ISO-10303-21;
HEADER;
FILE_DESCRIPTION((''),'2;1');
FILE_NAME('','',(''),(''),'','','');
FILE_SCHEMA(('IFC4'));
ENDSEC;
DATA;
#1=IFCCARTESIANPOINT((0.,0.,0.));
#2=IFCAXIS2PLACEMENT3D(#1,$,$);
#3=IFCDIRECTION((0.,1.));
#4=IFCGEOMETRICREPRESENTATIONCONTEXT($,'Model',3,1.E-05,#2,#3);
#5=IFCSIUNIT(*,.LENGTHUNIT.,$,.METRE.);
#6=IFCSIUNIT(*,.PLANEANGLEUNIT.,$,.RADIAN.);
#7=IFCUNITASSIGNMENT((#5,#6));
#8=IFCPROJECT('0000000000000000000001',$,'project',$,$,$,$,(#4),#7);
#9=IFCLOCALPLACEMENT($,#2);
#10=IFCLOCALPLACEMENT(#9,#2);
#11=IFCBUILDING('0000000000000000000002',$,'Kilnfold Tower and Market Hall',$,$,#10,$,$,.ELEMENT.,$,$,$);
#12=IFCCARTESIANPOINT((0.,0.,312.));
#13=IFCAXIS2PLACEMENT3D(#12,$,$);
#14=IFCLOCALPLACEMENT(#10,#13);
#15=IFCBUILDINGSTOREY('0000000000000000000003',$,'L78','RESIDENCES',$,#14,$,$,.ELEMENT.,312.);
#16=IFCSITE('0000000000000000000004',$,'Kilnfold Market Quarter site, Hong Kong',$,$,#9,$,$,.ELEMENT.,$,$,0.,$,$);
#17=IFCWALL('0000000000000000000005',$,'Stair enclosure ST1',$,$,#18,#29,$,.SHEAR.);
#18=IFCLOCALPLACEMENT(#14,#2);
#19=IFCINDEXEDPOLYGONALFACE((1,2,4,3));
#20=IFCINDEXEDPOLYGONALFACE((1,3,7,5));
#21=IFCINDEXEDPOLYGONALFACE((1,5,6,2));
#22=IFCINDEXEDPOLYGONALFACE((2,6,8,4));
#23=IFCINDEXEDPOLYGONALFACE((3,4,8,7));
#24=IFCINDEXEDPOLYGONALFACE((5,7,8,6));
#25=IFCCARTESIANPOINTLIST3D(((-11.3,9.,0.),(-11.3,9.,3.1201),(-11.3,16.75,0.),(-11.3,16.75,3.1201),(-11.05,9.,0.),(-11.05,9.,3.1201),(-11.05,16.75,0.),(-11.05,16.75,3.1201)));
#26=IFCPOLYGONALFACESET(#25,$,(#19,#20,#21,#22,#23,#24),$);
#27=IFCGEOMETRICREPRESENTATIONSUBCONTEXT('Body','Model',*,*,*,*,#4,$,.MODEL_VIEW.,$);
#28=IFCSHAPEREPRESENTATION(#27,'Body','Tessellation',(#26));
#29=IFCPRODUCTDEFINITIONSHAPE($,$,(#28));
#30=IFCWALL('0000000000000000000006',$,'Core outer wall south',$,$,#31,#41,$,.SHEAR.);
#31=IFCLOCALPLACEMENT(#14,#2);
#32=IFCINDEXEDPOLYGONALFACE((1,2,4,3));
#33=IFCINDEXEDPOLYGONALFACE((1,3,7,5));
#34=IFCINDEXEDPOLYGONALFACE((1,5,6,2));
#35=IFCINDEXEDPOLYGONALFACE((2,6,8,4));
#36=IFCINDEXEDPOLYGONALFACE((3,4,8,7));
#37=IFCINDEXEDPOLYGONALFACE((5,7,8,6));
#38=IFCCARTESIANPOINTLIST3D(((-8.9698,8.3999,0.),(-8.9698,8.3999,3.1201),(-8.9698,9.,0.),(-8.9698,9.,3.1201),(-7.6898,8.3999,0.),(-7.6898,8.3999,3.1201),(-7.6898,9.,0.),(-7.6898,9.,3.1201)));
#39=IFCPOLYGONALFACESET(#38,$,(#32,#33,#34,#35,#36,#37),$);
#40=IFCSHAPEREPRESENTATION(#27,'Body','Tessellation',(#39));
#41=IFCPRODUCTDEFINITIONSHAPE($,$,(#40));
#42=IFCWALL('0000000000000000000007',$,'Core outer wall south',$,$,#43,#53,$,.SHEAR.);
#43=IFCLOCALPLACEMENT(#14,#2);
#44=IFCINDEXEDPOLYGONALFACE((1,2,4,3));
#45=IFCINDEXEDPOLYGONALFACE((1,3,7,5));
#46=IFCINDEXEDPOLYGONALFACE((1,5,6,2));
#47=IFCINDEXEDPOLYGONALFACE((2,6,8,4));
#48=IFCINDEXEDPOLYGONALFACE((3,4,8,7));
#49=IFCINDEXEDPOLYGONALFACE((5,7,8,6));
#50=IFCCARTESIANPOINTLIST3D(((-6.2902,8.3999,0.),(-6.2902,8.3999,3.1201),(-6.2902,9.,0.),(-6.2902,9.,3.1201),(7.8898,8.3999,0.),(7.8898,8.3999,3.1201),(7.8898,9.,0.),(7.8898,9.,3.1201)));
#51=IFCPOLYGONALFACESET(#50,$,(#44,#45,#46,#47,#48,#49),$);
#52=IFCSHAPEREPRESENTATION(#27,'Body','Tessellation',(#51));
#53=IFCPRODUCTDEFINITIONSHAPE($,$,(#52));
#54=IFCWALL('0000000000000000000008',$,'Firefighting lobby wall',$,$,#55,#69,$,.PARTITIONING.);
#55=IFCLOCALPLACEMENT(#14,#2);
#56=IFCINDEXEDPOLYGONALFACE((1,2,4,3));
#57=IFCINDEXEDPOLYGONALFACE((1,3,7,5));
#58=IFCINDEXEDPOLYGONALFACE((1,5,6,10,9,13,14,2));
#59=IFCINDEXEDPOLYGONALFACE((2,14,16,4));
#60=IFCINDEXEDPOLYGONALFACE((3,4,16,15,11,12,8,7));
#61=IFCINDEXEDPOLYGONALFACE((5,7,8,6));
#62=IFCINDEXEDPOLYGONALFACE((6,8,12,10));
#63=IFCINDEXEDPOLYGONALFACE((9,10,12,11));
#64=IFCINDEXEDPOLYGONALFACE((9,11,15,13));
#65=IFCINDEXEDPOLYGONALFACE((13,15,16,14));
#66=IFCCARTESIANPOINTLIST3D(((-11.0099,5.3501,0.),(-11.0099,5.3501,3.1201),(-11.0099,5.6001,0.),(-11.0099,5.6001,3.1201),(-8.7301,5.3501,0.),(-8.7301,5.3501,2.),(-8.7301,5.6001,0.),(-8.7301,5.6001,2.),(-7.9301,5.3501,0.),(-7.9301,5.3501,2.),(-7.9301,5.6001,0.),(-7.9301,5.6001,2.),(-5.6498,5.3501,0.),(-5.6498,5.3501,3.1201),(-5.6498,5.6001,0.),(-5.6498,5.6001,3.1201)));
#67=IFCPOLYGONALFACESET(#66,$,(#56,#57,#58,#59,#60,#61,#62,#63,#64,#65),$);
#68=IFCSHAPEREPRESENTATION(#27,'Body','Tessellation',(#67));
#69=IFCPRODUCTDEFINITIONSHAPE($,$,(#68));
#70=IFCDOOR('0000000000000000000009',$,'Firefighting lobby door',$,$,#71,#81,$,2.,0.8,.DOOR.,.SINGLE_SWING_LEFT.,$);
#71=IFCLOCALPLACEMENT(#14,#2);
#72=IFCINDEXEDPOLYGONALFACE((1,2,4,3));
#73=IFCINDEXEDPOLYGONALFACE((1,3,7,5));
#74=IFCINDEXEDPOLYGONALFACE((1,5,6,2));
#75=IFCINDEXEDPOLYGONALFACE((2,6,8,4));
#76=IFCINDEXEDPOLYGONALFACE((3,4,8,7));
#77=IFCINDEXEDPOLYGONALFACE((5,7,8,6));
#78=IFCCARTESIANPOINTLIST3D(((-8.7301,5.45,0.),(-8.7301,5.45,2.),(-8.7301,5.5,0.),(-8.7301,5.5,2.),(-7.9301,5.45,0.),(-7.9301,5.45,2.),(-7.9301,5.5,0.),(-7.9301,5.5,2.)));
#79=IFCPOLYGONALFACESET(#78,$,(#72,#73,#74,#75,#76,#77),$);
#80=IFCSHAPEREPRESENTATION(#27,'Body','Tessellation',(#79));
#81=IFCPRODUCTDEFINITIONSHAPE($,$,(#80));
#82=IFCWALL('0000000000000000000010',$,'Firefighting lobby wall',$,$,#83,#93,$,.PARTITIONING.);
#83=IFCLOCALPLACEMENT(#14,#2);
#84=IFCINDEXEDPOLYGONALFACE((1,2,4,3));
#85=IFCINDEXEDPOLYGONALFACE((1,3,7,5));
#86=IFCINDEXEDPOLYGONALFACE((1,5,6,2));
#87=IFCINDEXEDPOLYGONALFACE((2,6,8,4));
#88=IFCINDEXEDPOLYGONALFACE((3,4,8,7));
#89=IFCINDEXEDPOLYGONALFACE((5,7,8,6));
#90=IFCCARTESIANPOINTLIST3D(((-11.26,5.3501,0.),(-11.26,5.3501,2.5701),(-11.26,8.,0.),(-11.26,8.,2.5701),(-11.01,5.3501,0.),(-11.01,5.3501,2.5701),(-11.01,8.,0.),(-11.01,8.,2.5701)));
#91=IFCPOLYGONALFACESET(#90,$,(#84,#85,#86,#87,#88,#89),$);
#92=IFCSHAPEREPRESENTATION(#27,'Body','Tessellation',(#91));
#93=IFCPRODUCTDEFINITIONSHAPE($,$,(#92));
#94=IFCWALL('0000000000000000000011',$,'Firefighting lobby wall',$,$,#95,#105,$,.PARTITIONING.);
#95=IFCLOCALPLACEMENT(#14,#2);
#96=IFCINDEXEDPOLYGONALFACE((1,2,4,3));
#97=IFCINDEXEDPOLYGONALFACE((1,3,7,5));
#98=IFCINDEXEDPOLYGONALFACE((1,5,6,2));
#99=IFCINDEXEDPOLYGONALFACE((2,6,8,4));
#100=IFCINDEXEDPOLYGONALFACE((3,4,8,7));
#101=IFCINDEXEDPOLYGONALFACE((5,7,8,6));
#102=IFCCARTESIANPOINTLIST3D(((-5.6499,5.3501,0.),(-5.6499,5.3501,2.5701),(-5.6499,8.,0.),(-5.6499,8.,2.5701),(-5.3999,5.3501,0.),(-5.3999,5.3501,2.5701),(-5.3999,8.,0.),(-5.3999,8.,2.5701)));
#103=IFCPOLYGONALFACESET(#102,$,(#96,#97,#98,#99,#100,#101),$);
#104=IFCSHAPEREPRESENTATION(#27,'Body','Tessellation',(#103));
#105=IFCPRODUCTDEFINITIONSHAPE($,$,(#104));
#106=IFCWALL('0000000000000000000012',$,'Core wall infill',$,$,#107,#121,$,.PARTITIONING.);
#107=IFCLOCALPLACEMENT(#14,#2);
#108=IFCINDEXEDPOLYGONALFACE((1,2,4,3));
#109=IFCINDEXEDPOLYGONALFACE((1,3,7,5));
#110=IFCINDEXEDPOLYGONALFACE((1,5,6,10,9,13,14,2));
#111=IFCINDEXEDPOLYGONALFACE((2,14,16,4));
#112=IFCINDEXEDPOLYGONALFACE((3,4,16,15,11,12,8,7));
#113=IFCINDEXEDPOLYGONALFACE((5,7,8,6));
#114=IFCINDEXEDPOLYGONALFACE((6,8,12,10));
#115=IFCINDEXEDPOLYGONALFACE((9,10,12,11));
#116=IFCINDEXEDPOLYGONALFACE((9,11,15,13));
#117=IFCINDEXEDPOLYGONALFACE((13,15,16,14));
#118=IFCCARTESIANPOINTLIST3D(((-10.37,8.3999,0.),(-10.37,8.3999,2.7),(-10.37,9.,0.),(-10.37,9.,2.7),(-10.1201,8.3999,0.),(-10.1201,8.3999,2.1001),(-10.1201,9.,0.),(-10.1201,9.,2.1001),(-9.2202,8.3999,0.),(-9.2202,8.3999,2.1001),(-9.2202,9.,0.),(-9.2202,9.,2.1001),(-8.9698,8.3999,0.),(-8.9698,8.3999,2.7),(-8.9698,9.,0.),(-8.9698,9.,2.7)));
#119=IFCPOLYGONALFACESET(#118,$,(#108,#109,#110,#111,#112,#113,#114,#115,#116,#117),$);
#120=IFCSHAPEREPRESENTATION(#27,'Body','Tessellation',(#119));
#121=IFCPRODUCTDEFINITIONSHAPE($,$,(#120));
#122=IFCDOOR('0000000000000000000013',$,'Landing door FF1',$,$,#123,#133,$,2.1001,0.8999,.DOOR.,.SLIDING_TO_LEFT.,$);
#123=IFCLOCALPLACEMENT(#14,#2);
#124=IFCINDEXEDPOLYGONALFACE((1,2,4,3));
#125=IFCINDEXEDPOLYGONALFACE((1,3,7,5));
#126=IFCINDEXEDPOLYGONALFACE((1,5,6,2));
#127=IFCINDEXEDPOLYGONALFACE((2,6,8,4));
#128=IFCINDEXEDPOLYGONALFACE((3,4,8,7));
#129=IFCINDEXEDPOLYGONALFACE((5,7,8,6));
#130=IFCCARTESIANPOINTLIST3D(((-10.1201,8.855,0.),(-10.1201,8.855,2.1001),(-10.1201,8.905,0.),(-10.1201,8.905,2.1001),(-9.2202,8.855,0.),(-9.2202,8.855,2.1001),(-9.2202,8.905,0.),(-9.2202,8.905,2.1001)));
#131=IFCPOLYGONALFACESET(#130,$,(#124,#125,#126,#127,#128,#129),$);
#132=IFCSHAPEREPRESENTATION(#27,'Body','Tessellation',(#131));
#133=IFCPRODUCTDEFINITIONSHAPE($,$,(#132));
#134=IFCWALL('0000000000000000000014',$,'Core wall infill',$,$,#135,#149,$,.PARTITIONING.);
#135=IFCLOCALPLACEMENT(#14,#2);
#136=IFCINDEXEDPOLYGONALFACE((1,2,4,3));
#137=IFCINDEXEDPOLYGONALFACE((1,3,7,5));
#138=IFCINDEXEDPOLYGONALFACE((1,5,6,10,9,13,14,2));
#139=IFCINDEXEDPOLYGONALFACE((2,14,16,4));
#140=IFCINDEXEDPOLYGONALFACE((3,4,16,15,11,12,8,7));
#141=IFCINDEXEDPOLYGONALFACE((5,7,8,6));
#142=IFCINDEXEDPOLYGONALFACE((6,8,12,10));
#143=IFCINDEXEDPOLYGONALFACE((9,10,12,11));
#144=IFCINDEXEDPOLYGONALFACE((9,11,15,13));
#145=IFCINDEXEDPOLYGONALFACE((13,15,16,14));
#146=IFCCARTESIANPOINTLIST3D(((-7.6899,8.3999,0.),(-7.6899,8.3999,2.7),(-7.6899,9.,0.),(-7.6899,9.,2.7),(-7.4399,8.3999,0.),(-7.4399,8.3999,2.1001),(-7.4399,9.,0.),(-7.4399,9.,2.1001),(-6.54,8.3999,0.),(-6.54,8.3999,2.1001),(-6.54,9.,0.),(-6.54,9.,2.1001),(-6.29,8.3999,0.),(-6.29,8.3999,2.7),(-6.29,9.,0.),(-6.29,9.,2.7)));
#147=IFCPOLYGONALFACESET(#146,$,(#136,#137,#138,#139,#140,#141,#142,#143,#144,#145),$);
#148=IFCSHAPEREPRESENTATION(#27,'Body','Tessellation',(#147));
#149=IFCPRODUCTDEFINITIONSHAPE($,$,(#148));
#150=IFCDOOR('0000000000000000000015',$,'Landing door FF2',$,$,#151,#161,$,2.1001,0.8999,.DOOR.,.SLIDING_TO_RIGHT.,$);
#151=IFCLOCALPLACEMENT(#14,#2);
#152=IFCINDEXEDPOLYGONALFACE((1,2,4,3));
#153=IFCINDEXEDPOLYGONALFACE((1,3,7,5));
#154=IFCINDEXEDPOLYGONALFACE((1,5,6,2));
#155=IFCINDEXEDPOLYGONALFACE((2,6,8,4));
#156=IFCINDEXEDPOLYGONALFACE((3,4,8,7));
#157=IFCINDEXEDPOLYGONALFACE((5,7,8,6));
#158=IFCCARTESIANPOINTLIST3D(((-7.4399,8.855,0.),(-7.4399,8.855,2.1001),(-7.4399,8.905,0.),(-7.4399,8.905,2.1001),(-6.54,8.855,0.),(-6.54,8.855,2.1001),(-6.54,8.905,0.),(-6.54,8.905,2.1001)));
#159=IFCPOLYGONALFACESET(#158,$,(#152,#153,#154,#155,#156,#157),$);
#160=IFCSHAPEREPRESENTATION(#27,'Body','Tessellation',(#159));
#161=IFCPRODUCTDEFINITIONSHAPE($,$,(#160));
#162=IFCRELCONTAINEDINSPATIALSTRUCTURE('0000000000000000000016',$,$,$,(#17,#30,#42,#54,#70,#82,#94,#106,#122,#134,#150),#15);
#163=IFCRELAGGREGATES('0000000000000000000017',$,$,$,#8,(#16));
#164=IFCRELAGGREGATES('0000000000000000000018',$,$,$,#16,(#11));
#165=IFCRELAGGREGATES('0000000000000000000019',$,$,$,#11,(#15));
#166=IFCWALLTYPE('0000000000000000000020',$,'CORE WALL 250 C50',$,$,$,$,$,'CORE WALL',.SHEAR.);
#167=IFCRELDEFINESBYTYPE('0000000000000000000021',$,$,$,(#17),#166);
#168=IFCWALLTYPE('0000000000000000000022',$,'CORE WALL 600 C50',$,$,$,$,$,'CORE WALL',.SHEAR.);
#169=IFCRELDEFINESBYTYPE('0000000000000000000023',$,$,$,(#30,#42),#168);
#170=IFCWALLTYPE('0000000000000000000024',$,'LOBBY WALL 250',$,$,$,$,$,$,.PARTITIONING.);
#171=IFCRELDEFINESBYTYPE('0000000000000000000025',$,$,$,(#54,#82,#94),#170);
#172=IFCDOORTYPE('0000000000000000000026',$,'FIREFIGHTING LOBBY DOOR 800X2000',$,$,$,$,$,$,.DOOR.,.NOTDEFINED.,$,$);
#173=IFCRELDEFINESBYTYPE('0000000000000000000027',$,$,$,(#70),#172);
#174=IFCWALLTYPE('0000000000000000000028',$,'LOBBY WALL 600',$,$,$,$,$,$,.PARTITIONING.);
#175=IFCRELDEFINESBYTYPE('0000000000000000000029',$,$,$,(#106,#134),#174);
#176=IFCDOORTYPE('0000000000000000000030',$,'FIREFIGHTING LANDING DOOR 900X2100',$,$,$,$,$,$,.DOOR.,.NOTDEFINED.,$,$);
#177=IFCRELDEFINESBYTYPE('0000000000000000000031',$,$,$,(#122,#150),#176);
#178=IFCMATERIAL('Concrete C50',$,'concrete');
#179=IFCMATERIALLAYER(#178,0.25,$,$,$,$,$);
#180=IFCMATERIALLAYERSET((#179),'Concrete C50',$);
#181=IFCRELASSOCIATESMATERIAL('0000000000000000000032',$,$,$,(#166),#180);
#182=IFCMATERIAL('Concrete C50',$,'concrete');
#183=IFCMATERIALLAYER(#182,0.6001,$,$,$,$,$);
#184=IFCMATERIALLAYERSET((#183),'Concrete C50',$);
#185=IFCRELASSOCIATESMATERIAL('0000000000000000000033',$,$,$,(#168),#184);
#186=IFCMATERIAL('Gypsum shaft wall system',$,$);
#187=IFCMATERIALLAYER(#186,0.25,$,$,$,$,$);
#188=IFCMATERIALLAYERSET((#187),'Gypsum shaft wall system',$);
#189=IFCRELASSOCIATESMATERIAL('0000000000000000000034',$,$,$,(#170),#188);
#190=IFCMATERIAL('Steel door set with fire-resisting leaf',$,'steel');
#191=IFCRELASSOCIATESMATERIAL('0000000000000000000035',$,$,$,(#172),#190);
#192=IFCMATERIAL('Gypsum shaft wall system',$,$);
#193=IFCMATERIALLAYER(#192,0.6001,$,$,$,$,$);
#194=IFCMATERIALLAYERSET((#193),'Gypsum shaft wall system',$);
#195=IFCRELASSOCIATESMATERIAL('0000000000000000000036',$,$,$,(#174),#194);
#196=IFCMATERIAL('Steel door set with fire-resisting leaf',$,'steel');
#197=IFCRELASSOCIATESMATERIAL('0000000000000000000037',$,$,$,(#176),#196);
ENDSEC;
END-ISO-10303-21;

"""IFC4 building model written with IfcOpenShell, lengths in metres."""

from ifc_helpers import new_model, si_unit, direction, frame, frame_2d, origin, place, context, subcontext, project, spatial, rectangle, extrude, source, transform, mapped, material, layer, layer_set, type_object, element, fill, save


model = new_model("IFC4")

# Units and contexts
model_context = context("Model", 3, precision=1e-05, world=origin(), true_north=direction((0.0, 1.0)))
body_context = subcontext(model_context, "Body", "Model", "MODEL_VIEW")
ifc_project = project(units=[si_unit("LENGTHUNIT", "METRE"), si_unit("PLANEANGLEUNIT", "RADIAN")], contexts=[model_context])

# Site, building, storey
site_placement = place(None, origin())
site = spatial("IfcSite", under=ifc_project, at=site_placement, Name="Kilnfold Market Quarter site, Hong Kong", CompositionType="ELEMENT", RefElevation=0.0)
building_placement = place(site_placement, origin())
building = spatial("IfcBuilding", under=site, at=building_placement, Name="Kilnfold Tower and Market Hall", CompositionType="ELEMENT")
storey_placement = place(building_placement, frame((0.0, 0.0, 312.0)))
storey = spatial("IfcBuildingStorey", under=building, at=storey_placement, Name="L78", Description="RESIDENCES", CompositionType="ELEMENT", Elevation=312.0)

# Walls
ifc_material_1 = material(Name="Concrete C50", Category="concrete")
ifc_layer_1 = layer(ifc_material_1, 0.25)
ifc_layer_set_1 = layer_set([ifc_layer_1], Name="Concrete C50")
wall_type_1 = type_object("IfcWallType", Name="CORE WALL 250 C50", ElementType="CORE WALL", PredefinedType="SHEAR", material=ifc_layer_set_1)
shared_shape_1 = source(origin(), body_context, "Body", "SweptSolid", [
    extrude(rectangle(XDim=7.75, YDim=0.25, at=frame_2d((3.875, 0.0))), origin(), (0.0, 0.0, 1.0), 3.1201),
])
wall_1_placement = place(storey_placement, frame((-11.175, 9.0, 0.0), z_axis=(0.0, 0.0, 1.0), x_axis=(0.0, 1.0, 0.0)))
element("IfcWall", 1, at=wall_1_placement, inside=storey, type_object=wall_type_1, Name="Stair enclosure ST1", PredefinedType="SHEAR", context=body_context, shape_type="MappedRepresentation", body=[
    mapped(shared_shape_1, transform((0.0, 0.0, 0.0))),
])
ifc_material_2 = material(Name="Concrete C50", Category="concrete")
ifc_layer_2 = layer(ifc_material_2, 0.6001)
ifc_layer_set_2 = layer_set([ifc_layer_2], Name="Concrete C50")
wall_type_2 = type_object("IfcWallType", Name="CORE WALL 600 C50", ElementType="CORE WALL", PredefinedType="SHEAR", material=ifc_layer_set_2)
shared_shape_2 = source(origin(), body_context, "Body", "SweptSolid", [
    extrude(rectangle(XDim=1.28, YDim=0.6001, at=frame_2d((0.6401, 0.0))), origin(), (0.0, 0.0, 1.0), 3.1201),
])
wall_2_placement = place(storey_placement, frame((-8.97, 8.7, 0.0), z_axis=(0.0, 0.0, 1.0), x_axis=(1.0, 0.0, 0.0)))
element("IfcWall", 2, at=wall_2_placement, inside=storey, type_object=wall_type_2, Name="Core outer wall south", PredefinedType="SHEAR", context=body_context, shape_type="MappedRepresentation", body=[
    mapped(shared_shape_2, transform((0.0, 0.0, 0.0))),
])
shared_shape_3 = source(origin(), body_context, "Body", "SweptSolid", [
    extrude(rectangle(XDim=14.1799, YDim=0.6001, at=frame_2d((7.0898, 0.0))), origin(), (0.0, 0.0, 1.0), 3.1201),
])
wall_3_placement = place(storey_placement, frame((-6.29, 8.7, 0.0), z_axis=(0.0, 0.0, 1.0), x_axis=(1.0, 0.0, 0.0)))
element("IfcWall", 3, at=wall_3_placement, inside=storey, type_object=wall_type_2, Name="Core outer wall south", PredefinedType="SHEAR", context=body_context, shape_type="MappedRepresentation", body=[
    mapped(shared_shape_3, transform((0.0, 0.0, 0.0))),
])

# Wall, opening, door
ifc_material_3 = material(Name="Gypsum shaft wall system")
ifc_layer_3 = layer(ifc_material_3, 0.25)
ifc_layer_set_3 = layer_set([ifc_layer_3], Name="Gypsum shaft wall system")
wall_type_3 = type_object("IfcWallType", Name="LOBBY WALL 250", PredefinedType="PARTITIONING", material=ifc_layer_set_3)
shared_shape_4 = source(origin(), body_context, "Body", "SweptSolid", [
    extrude(rectangle(XDim=5.3601, YDim=0.25, at=frame_2d((2.6802, 0.0))), origin(), (0.0, 0.0, 1.0), 3.1201),
])
wall_4_placement = place(storey_placement, frame((-11.01, 5.4751, 0.0), z_axis=(0.0, 0.0, 1.0), x_axis=(1.0, 0.0, 0.0)))
wall_4 = element("IfcWall", 4, at=wall_4_placement, inside=storey, type_object=wall_type_3, Name="Firefighting lobby wall", PredefinedType="PARTITIONING", context=body_context, shape_type="MappedRepresentation", body=[
    mapped(shared_shape_4, transform((0.0, 0.0, 0.0))),
])
opening_1_placement = place(wall_4_placement, frame((2.28, 0.0, 0.0)))
opening_1 = element("IfcOpeningElement", 5, at=opening_1_placement, cuts=wall_4, PredefinedType="OPENING", context=body_context, shape_type="SweptSolid", body=[
    extrude(rectangle(XDim=0.8, YDim=2.0, at=frame_2d((0.3999, 1.0))), frame((0.0, 0.135, 0.0), z_axis=(0.0, -1.0, 0.0), x_axis=(1.0, 0.0, 0.0)), (0.0, 0.0, 1.0), 0.27),
])
ifc_material_4 = material(Name="Steel door set with fire-resisting leaf", Category="steel")
door_type_1 = type_object("IfcDoorType", Name="FIREFIGHTING LOBBY DOOR 800X2000", OperationType="NOTDEFINED", PredefinedType="DOOR", material=ifc_material_4)
door_1_placement = place(opening_1_placement, origin())
door_1 = element("IfcDoor", 6, at=door_1_placement, inside=storey, type_object=door_type_1, Name="Firefighting lobby door", OperationType="SINGLE_SWING_LEFT", OverallHeight=2.0, OverallWidth=0.8, PredefinedType="DOOR", context=body_context, shape_type="SweptSolid", body=[
    extrude(rectangle(XDim=0.8, YDim=2.0, at=frame_2d((0.3999, 1.0))), frame((0.0, 0.0249, 0.0), z_axis=(0.0, -1.0, 0.0), x_axis=(1.0, 0.0, 0.0)), (0.0, 0.0, 1.0), 0.05),
])
fill(opening_1, door_1)

# Walls
shared_shape_5 = source(origin(), body_context, "Body", "SweptSolid", [
    extrude(rectangle(XDim=2.6499, YDim=0.25, at=frame_2d((1.325, 0.0))), origin(), (0.0, 0.0, 1.0), 2.5701),
])
for number, where, z_axis, x_axis, name in (
    (7, (-11.135, 5.3501, 0.0), (0.0, 0.0, 1.0), (0.0, 1.0, 0.0), "Firefighting lobby wall"),
    (8, (-5.5249, 5.3501, 0.0), (0.0, 0.0, 1.0), (0.0, 1.0, 0.0), "Firefighting lobby wall"),
):
    element("IfcWall", number, at=place(storey_placement, frame(where, z_axis=z_axis, x_axis=x_axis)), inside=storey, type_object=wall_type_3, Name=name, PredefinedType="PARTITIONING", context=body_context, shape_type="MappedRepresentation", body=[
        mapped(shared_shape_5, transform((0.0, 0.0, 0.0))),
    ])

# Walls, openings, doors
ifc_material_5 = material(Name="Gypsum shaft wall system")
ifc_layer_4 = layer(ifc_material_5, 0.6001)
ifc_layer_set_4 = layer_set([ifc_layer_4], Name="Gypsum shaft wall system")
wall_type_4 = type_object("IfcWallType", Name="LOBBY WALL 600", PredefinedType="PARTITIONING", material=ifc_layer_set_4)
shared_shape_6 = source(origin(), body_context, "Body", "SweptSolid", [
    extrude(rectangle(XDim=1.4001, YDim=0.6001, at=frame_2d((0.7002, 0.0))), origin(), (0.0, 0.0, 1.0), 2.7),
])
wall_5_placement = place(storey_placement, frame((-10.3701, 8.7, 0.0), z_axis=(0.0, 0.0, 1.0), x_axis=(1.0, 0.0, 0.0)))
wall_5 = element("IfcWall", 9, at=wall_5_placement, inside=storey, type_object=wall_type_4, Name="Core wall infill", PredefinedType="PARTITIONING", context=body_context, shape_type="MappedRepresentation", body=[
    mapped(shared_shape_6, transform((0.0, 0.0, 0.0))),
])
opening_2_placement = place(wall_5_placement, frame((0.25, 0.0, 0.0)))
opening_2 = element("IfcOpeningElement", 10, at=opening_2_placement, cuts=wall_5, PredefinedType="OPENING", context=body_context, shape_type="SweptSolid", body=[
    extrude(rectangle(XDim=0.8999, YDim=2.1001, at=frame_2d((0.45, 1.05))), frame((0.0, 0.3101, 0.0), z_axis=(0.0, -1.0, 0.0), x_axis=(1.0, 0.0, 0.0)), (0.0, 0.0, 1.0), 0.6201),
])
ifc_material_6 = material(Name="Steel door set with fire-resisting leaf", Category="steel")
door_type_2 = type_object("IfcDoorType", Name="FIREFIGHTING LANDING DOOR 900X2100", OperationType="NOTDEFINED", PredefinedType="DOOR", material=ifc_material_6)
door_2_placement = place(opening_2_placement, origin())
door_2 = element("IfcDoor", 11, at=door_2_placement, inside=storey, type_object=door_type_2, Name="Landing door FF1", OperationType="SLIDING_TO_LEFT", OverallHeight=2.1001, OverallWidth=0.8999, PredefinedType="DOOR", context=body_context, shape_type="SweptSolid", body=[
    extrude(rectangle(XDim=0.8999, YDim=2.1001, at=frame_2d((0.45, 1.05))), frame((0.0, 0.2051, 0.0), z_axis=(0.0, -1.0, 0.0), x_axis=(1.0, 0.0, 0.0)), (0.0, 0.0, 1.0), 0.05),
])
fill(opening_2, door_2)
shared_shape_7 = source(origin(), body_context, "Body", "SweptSolid", [
    extrude(rectangle(XDim=1.3999, YDim=0.6001, at=frame_2d((0.7, 0.0))), origin(), (0.0, 0.0, 1.0), 2.7),
])
wall_6_placement = place(storey_placement, frame((-7.6899, 8.7, 0.0), z_axis=(0.0, 0.0, 1.0), x_axis=(1.0, 0.0, 0.0)))
wall_6 = element("IfcWall", 12, at=wall_6_placement, inside=storey, type_object=wall_type_4, Name="Core wall infill", PredefinedType="PARTITIONING", context=body_context, shape_type="MappedRepresentation", body=[
    mapped(shared_shape_7, transform((0.0, 0.0, 0.0))),
])
opening_3_placement = place(wall_6_placement, frame((0.25, 0.0, 0.0)))
opening_3 = element("IfcOpeningElement", 13, at=opening_3_placement, cuts=wall_6, PredefinedType="OPENING", context=body_context, shape_type="SweptSolid", body=[
    extrude(rectangle(XDim=0.8999, YDim=2.1001, at=frame_2d((0.45, 1.05))), frame((0.0, 0.3101, 0.0), z_axis=(0.0, -1.0, 0.0), x_axis=(1.0, 0.0, 0.0)), (0.0, 0.0, 1.0), 0.6201),
])
door_3_placement = place(opening_3_placement, origin())
door_3 = element("IfcDoor", 14, at=door_3_placement, inside=storey, type_object=door_type_2, Name="Landing door FF2", OperationType="SLIDING_TO_RIGHT", OverallHeight=2.1001, OverallWidth=0.8999, PredefinedType="DOOR", context=body_context, shape_type="SweptSolid", body=[
    extrude(rectangle(XDim=0.8999, YDim=2.1001, at=frame_2d((0.45, 1.05))), frame((0.0, 0.2051, 0.0), z_axis=(0.0, -1.0, 0.0), x_axis=(1.0, 0.0, 0.0)), (0.0, 0.0, 1.0), 0.05),
])
fill(opening_3, door_3)

save(model, "model.ifc")
